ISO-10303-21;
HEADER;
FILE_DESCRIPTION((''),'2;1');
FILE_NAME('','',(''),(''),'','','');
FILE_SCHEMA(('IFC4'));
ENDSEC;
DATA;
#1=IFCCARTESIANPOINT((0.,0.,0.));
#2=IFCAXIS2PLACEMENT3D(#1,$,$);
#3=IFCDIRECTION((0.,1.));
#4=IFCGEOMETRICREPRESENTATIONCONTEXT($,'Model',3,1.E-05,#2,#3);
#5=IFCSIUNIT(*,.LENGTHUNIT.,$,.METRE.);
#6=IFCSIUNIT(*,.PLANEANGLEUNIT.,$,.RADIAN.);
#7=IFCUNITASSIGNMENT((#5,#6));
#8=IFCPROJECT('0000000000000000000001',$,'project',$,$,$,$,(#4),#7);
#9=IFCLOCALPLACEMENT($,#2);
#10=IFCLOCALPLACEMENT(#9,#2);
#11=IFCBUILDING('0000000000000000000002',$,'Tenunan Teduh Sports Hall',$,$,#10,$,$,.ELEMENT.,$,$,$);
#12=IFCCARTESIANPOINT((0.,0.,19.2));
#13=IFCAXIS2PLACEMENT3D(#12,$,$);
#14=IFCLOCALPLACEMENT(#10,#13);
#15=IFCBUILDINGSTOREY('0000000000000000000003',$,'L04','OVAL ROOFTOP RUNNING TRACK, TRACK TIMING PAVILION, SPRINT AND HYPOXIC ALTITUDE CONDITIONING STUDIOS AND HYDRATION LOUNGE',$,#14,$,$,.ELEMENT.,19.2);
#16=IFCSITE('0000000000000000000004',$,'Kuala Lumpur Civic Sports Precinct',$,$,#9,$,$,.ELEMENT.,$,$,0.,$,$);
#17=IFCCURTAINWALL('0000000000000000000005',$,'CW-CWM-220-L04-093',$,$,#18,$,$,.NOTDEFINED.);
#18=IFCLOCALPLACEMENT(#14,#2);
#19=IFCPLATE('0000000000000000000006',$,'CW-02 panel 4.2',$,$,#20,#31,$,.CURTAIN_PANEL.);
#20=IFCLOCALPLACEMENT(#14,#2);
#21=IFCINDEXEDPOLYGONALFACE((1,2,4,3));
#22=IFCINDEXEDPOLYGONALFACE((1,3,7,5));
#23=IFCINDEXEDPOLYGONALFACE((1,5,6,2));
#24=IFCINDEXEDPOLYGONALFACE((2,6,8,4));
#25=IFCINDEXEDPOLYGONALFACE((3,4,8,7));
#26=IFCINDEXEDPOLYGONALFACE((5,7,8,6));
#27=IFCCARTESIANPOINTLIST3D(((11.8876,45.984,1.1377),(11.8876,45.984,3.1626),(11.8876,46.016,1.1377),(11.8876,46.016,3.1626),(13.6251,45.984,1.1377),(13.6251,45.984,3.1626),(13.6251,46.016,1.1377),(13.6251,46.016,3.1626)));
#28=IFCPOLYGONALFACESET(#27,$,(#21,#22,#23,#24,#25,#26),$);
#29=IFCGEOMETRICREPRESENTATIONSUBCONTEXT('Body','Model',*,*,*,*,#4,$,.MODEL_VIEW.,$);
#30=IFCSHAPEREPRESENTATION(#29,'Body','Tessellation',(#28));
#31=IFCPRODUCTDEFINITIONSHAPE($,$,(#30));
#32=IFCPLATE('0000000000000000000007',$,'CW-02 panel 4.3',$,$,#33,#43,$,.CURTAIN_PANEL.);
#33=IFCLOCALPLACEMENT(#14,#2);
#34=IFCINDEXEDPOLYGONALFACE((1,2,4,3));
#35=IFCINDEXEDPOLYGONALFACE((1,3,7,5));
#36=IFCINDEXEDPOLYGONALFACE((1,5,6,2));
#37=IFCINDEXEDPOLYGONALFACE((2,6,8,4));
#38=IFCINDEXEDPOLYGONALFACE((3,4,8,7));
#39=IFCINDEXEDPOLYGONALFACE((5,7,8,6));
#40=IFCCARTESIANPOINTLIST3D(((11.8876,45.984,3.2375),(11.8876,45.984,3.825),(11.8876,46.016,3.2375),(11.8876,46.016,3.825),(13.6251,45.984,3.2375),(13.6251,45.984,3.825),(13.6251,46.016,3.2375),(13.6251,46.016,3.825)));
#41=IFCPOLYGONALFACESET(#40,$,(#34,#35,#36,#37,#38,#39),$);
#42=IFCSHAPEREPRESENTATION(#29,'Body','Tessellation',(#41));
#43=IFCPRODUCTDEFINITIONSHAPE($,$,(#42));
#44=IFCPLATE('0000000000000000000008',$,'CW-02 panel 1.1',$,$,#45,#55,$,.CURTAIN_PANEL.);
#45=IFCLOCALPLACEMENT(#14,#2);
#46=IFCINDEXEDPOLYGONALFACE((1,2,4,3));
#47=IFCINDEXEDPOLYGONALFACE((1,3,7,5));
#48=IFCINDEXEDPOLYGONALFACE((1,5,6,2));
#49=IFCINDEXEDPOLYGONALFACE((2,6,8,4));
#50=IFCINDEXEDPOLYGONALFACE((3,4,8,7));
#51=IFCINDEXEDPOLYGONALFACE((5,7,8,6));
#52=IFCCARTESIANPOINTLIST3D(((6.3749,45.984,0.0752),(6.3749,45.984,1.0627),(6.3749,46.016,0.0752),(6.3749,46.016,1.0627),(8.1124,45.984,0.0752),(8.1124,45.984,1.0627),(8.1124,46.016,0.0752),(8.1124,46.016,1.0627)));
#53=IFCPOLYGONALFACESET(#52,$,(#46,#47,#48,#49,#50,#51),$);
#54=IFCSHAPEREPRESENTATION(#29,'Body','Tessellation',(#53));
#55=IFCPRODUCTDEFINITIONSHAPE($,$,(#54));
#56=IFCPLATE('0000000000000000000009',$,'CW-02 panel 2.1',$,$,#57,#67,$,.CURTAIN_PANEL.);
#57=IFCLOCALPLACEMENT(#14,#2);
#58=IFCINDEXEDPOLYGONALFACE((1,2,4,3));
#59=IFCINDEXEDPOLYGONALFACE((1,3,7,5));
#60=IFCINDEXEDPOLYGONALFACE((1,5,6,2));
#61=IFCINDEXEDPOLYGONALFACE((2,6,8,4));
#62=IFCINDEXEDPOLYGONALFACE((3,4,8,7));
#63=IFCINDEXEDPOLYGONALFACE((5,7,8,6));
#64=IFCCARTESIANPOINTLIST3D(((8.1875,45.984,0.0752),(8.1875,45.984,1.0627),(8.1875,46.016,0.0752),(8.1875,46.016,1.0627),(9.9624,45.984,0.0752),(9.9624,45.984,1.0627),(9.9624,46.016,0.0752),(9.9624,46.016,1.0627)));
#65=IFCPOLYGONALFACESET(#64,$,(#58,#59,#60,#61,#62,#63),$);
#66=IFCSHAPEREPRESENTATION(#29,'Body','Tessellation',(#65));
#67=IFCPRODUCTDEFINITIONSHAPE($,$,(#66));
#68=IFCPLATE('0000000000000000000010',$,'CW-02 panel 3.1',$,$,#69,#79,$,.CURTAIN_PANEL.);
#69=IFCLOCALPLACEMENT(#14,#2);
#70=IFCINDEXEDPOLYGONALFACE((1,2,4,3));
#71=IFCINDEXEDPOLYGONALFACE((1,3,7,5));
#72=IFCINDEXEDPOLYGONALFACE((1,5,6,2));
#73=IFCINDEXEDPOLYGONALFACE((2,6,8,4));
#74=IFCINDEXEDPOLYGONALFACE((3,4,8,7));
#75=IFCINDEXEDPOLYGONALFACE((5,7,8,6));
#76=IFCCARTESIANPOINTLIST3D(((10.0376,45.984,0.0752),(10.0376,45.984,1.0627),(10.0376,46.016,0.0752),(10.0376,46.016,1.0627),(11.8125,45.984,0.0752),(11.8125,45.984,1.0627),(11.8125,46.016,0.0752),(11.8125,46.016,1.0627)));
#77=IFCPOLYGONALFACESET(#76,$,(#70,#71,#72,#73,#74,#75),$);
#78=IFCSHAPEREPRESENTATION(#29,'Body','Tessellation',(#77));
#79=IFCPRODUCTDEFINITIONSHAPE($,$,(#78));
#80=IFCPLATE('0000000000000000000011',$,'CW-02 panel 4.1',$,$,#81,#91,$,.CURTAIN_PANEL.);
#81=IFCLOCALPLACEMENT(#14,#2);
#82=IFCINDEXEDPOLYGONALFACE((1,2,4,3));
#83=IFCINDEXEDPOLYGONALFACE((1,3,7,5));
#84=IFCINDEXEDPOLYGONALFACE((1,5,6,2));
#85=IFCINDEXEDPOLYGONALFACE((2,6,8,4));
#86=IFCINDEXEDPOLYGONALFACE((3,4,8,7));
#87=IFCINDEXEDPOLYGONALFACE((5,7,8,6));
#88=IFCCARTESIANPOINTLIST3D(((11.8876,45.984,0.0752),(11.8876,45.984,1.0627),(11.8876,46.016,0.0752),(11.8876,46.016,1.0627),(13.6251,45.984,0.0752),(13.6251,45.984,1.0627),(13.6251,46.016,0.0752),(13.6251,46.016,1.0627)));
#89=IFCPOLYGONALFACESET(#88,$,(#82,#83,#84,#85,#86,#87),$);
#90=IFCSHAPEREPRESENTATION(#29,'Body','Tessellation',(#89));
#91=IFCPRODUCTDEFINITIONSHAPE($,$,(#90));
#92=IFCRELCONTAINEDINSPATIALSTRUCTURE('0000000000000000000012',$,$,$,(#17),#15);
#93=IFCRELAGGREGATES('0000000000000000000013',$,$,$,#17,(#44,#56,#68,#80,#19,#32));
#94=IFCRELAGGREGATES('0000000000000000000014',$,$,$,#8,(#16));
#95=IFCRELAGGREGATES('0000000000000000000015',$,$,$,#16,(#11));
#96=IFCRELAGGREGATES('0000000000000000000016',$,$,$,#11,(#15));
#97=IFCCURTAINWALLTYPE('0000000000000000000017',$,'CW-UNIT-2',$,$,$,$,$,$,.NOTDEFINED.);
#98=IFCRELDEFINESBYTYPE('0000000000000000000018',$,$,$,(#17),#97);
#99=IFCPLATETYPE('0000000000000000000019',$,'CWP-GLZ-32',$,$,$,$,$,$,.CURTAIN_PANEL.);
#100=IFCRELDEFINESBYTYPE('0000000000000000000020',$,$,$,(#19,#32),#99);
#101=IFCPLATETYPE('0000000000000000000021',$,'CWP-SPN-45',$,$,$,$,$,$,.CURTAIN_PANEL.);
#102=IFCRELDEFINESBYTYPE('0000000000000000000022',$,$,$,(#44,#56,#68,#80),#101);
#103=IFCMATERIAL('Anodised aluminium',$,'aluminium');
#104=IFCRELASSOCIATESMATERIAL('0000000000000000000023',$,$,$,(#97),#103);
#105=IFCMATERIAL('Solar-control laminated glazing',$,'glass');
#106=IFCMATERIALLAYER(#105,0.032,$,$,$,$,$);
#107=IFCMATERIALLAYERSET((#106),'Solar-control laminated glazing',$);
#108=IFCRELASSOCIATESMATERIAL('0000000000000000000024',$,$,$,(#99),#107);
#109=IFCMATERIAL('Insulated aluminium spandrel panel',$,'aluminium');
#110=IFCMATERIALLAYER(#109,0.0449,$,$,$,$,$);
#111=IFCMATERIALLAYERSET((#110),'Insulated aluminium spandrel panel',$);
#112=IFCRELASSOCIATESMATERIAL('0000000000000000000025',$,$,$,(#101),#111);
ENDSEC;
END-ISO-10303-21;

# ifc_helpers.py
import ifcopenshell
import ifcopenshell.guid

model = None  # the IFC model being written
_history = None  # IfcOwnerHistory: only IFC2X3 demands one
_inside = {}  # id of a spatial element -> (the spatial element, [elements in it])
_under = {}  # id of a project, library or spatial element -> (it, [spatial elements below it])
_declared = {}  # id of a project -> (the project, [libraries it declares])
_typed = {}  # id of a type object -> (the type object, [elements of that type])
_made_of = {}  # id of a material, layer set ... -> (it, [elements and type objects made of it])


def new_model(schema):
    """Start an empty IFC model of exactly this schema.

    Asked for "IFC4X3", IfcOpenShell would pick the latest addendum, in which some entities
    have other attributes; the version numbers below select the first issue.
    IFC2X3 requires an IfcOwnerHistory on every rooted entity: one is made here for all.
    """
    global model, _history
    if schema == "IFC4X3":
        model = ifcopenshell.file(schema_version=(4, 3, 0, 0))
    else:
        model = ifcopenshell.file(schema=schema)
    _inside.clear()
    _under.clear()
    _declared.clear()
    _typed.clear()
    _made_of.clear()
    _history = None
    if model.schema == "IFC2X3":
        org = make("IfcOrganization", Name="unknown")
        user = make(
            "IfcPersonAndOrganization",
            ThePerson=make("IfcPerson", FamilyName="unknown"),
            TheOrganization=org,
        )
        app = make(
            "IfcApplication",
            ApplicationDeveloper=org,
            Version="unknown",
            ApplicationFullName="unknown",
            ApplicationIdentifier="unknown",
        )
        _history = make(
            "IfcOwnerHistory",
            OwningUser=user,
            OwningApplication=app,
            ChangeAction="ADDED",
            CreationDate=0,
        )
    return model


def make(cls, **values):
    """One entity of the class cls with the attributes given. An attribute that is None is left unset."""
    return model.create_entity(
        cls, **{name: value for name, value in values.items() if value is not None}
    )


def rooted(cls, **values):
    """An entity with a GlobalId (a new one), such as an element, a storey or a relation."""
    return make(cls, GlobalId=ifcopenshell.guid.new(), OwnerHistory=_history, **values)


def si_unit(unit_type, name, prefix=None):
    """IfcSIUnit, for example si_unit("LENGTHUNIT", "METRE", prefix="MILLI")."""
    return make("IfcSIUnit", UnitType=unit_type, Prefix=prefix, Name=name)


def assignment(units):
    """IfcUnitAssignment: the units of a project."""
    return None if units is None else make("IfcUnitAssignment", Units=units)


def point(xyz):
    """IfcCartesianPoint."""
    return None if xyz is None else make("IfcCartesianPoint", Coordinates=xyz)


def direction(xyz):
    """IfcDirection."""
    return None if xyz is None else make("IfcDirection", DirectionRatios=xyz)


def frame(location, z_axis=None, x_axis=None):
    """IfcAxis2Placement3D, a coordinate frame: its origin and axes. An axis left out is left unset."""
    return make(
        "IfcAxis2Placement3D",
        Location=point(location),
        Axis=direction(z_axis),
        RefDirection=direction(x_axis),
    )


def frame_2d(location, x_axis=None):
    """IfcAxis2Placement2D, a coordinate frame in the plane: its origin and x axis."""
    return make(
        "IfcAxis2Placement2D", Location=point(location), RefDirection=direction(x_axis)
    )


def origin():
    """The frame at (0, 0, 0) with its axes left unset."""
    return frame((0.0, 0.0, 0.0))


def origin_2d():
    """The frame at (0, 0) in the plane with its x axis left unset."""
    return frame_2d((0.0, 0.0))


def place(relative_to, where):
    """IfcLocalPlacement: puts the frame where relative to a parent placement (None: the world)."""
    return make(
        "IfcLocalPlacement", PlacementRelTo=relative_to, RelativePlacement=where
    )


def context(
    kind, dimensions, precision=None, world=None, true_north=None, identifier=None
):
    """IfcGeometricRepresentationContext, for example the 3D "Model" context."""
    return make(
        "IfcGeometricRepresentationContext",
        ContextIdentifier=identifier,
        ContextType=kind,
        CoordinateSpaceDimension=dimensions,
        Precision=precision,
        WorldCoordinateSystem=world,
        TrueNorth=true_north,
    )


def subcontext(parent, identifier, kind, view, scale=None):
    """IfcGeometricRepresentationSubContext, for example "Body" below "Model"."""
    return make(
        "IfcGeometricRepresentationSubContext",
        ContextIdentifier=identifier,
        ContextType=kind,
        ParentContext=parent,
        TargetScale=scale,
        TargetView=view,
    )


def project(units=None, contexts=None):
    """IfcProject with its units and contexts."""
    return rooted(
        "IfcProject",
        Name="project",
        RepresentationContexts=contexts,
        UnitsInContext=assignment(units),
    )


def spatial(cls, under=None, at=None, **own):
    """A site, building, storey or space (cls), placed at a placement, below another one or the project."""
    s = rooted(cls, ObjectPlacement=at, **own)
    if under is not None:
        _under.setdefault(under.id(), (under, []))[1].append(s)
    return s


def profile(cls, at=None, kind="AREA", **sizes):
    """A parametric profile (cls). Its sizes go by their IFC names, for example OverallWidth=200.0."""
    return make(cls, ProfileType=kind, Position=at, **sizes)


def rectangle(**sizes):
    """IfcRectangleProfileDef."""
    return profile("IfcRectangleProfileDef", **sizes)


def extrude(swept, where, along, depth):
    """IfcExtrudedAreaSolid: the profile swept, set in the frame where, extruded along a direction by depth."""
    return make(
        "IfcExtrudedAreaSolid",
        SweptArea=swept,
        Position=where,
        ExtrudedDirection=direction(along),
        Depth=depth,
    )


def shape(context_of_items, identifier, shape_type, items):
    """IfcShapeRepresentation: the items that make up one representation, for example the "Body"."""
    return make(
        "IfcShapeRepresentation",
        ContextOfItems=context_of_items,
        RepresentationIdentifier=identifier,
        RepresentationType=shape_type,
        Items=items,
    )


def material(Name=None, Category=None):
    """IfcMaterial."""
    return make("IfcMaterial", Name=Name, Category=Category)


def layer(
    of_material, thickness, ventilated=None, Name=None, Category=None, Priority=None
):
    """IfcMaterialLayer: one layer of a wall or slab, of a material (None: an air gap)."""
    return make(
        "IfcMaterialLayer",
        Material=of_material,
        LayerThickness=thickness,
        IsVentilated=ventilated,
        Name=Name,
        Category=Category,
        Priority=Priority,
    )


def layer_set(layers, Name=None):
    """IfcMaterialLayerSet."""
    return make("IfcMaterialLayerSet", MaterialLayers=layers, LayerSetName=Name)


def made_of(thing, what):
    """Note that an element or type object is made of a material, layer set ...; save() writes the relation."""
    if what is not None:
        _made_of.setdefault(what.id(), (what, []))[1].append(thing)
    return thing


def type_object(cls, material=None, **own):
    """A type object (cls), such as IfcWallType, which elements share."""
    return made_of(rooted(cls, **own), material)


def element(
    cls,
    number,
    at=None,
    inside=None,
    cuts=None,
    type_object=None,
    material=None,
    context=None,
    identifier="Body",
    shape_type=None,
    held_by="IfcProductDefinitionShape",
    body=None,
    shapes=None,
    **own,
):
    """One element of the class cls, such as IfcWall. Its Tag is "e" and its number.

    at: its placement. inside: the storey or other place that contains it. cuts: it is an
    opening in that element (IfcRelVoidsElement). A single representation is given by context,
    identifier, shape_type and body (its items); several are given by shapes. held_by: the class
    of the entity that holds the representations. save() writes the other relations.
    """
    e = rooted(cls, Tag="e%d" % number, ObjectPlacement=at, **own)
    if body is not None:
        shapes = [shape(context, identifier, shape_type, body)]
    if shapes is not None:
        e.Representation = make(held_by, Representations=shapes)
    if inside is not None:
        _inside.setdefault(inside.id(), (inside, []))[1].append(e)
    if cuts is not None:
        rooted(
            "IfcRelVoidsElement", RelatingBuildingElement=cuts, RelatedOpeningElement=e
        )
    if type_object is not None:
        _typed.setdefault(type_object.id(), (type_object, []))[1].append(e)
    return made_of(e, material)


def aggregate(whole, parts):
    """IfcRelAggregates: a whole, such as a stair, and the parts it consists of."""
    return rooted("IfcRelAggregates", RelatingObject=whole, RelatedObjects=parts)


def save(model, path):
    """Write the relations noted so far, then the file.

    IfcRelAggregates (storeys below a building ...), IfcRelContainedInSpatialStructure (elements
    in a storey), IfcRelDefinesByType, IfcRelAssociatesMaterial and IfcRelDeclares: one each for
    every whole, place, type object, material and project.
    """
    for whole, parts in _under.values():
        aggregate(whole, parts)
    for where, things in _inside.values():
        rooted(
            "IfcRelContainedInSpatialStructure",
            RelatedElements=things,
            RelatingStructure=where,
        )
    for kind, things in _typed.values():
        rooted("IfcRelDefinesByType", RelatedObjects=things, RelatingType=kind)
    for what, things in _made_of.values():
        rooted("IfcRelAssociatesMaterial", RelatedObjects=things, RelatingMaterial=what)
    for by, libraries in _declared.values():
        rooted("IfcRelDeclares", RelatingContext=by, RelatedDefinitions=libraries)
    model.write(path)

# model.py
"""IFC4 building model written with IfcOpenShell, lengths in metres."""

from ifc_helpers import new_model, si_unit, direction, frame, origin, origin_2d, place, context, subcontext, project, spatial, rectangle, extrude, material, layer, layer_set, type_object, element, aggregate, save


model = new_model("IFC4")

# Units and contexts
model_context = context("Model", 3, precision=1e-05, world=origin(), true_north=direction((0.0, 1.0)))
body_context = subcontext(model_context, "Body", "Model", "MODEL_VIEW")
ifc_project = project(units=[si_unit("LENGTHUNIT", "METRE"), si_unit("PLANEANGLEUNIT", "RADIAN")], contexts=[model_context])

# Site, building, storey
site_placement = place(None, origin())
site = spatial("IfcSite", under=ifc_project, at=site_placement, Name="Kuala Lumpur Civic Sports Precinct", CompositionType="ELEMENT", RefElevation=0.0)
building_placement = place(site_placement, origin())
building = spatial("IfcBuilding", under=site, at=building_placement, Name="Tenunan Teduh Sports Hall", CompositionType="ELEMENT")
storey_placement = place(building_placement, frame((0.0, 0.0, 19.2)))
storey = spatial("IfcBuildingStorey", under=building, at=storey_placement, Name="L04", Description="OVAL ROOFTOP RUNNING TRACK, TRACK TIMING PAVILION, SPRINT AND HYPOXIC ALTITUDE CONDITIONING STUDIOS AND HYDRATION LOUNGE", CompositionType="ELEMENT", Elevation=19.2)

# Shared definitions
ifc_material_1 = material(Name="Anodised aluminium", Category="aluminium")
curtain_wall_type = type_object("IfcCurtainWallType", Name="CW-UNIT-2", PredefinedType="NOTDEFINED", material=ifc_material_1)

# Curtain wall
curtain_wall_1_placement = place(storey_placement, origin())
curtain_wall_1 = element("IfcCurtainWall", 1, at=curtain_wall_1_placement, inside=storey, type_object=curtain_wall_type, Name="CW-CWM-220-L04-093", PredefinedType="NOTDEFINED")

# Plates
ifc_material_2 = material(Name="Solar-control laminated glazing", Category="glass")
ifc_layer_1 = layer(ifc_material_2, 0.032)
ifc_layer_set_1 = layer_set([ifc_layer_1], Name="Solar-control laminated glazing")
plate_type_1 = type_object("IfcPlateType", Name="CWP-GLZ-32", PredefinedType="CURTAIN_PANEL", material=ifc_layer_set_1)
plate_1_placement = place(storey_placement, frame((12.7563, 46.0, 1.1377), z_axis=(0.0, 0.0, 1.0), x_axis=(1.0, 0.0, 0.0)))
plate_1 = element("IfcPlate", 2, at=plate_1_placement, type_object=plate_type_1, Name="CW-02 panel 4.2", PredefinedType="CURTAIN_PANEL", context=body_context, shape_type="SweptSolid", body=[
    extrude(rectangle(XDim=1.7375, YDim=0.032, at=origin_2d()), origin(), (0.0, 0.0, 1.0), 2.0249),
])
plate_2_placement = place(storey_placement, frame((12.7563, 46.0, 3.2375), z_axis=(0.0, 0.0, 1.0), x_axis=(1.0, 0.0, 0.0)))
plate_2 = element("IfcPlate", 3, at=plate_2_placement, type_object=plate_type_1, Name="CW-02 panel 4.3", PredefinedType="CURTAIN_PANEL", context=body_context, shape_type="SweptSolid", body=[
    extrude(rectangle(XDim=1.7375, YDim=0.032, at=origin_2d()), origin(), (0.0, 0.0, 1.0), 0.5874),
])
ifc_material_3 = material(Name="Insulated aluminium spandrel panel", Category="aluminium")
ifc_layer_2 = layer(ifc_material_3, 0.0449)
ifc_layer_set_2 = layer_set([ifc_layer_2], Name="Insulated aluminium spandrel panel")
plate_type_2 = type_object("IfcPlateType", Name="CWP-SPN-45", PredefinedType="CURTAIN_PANEL", material=ifc_layer_set_2)
plate_3_placement = place(storey_placement, frame((7.2437, 46.0, 0.0752), z_axis=(0.0, 0.0, 1.0), x_axis=(1.0, 0.0, 0.0)))
plate_3 = element("IfcPlate", 4, at=plate_3_placement, type_object=plate_type_2, Name="CW-02 panel 1.1", PredefinedType="CURTAIN_PANEL", context=body_context, shape_type="SweptSolid", body=[
    extrude(rectangle(XDim=1.7375, YDim=0.032, at=origin_2d()), origin(), (0.0, 0.0, 1.0), 0.9875),
])
plate_4_placement = place(storey_placement, frame((9.075, 46.0, 0.0752), z_axis=(0.0, 0.0, 1.0), x_axis=(1.0, 0.0, 0.0)))
plate_4 = element("IfcPlate", 5, at=plate_4_placement, type_object=plate_type_2, Name="CW-02 panel 2.1", PredefinedType="CURTAIN_PANEL", context=body_context, shape_type="SweptSolid", body=[
    extrude(rectangle(XDim=1.7749, YDim=0.032, at=origin_2d()), origin(), (0.0, 0.0, 1.0), 0.9875),
])
plate_5_placement = place(storey_placement, frame((10.925, 46.0, 0.0752), z_axis=(0.0, 0.0, 1.0), x_axis=(1.0, 0.0, 0.0)))
plate_5 = element("IfcPlate", 6, at=plate_5_placement, type_object=plate_type_2, Name="CW-02 panel 3.1", PredefinedType="CURTAIN_PANEL", context=body_context, shape_type="SweptSolid", body=[
    extrude(rectangle(XDim=1.7749, YDim=0.032, at=origin_2d()), origin(), (0.0, 0.0, 1.0), 0.9875),
])
plate_6_placement = place(storey_placement, frame((12.7563, 46.0, 0.0752), z_axis=(0.0, 0.0, 1.0), x_axis=(1.0, 0.0, 0.0)))
plate_6 = element("IfcPlate", 7, at=plate_6_placement, type_object=plate_type_2, Name="CW-02 panel 4.1", PredefinedType="CURTAIN_PANEL", context=body_context, shape_type="SweptSolid", body=[
    extrude(rectangle(XDim=1.7375, YDim=0.032, at=origin_2d()), origin(), (0.0, 0.0, 1.0), 0.9875),
])
aggregate(curtain_wall_1, [plate_3, plate_4, plate_5, plate_6, plate_1, plate_2])

save(model, "model.ifc")
